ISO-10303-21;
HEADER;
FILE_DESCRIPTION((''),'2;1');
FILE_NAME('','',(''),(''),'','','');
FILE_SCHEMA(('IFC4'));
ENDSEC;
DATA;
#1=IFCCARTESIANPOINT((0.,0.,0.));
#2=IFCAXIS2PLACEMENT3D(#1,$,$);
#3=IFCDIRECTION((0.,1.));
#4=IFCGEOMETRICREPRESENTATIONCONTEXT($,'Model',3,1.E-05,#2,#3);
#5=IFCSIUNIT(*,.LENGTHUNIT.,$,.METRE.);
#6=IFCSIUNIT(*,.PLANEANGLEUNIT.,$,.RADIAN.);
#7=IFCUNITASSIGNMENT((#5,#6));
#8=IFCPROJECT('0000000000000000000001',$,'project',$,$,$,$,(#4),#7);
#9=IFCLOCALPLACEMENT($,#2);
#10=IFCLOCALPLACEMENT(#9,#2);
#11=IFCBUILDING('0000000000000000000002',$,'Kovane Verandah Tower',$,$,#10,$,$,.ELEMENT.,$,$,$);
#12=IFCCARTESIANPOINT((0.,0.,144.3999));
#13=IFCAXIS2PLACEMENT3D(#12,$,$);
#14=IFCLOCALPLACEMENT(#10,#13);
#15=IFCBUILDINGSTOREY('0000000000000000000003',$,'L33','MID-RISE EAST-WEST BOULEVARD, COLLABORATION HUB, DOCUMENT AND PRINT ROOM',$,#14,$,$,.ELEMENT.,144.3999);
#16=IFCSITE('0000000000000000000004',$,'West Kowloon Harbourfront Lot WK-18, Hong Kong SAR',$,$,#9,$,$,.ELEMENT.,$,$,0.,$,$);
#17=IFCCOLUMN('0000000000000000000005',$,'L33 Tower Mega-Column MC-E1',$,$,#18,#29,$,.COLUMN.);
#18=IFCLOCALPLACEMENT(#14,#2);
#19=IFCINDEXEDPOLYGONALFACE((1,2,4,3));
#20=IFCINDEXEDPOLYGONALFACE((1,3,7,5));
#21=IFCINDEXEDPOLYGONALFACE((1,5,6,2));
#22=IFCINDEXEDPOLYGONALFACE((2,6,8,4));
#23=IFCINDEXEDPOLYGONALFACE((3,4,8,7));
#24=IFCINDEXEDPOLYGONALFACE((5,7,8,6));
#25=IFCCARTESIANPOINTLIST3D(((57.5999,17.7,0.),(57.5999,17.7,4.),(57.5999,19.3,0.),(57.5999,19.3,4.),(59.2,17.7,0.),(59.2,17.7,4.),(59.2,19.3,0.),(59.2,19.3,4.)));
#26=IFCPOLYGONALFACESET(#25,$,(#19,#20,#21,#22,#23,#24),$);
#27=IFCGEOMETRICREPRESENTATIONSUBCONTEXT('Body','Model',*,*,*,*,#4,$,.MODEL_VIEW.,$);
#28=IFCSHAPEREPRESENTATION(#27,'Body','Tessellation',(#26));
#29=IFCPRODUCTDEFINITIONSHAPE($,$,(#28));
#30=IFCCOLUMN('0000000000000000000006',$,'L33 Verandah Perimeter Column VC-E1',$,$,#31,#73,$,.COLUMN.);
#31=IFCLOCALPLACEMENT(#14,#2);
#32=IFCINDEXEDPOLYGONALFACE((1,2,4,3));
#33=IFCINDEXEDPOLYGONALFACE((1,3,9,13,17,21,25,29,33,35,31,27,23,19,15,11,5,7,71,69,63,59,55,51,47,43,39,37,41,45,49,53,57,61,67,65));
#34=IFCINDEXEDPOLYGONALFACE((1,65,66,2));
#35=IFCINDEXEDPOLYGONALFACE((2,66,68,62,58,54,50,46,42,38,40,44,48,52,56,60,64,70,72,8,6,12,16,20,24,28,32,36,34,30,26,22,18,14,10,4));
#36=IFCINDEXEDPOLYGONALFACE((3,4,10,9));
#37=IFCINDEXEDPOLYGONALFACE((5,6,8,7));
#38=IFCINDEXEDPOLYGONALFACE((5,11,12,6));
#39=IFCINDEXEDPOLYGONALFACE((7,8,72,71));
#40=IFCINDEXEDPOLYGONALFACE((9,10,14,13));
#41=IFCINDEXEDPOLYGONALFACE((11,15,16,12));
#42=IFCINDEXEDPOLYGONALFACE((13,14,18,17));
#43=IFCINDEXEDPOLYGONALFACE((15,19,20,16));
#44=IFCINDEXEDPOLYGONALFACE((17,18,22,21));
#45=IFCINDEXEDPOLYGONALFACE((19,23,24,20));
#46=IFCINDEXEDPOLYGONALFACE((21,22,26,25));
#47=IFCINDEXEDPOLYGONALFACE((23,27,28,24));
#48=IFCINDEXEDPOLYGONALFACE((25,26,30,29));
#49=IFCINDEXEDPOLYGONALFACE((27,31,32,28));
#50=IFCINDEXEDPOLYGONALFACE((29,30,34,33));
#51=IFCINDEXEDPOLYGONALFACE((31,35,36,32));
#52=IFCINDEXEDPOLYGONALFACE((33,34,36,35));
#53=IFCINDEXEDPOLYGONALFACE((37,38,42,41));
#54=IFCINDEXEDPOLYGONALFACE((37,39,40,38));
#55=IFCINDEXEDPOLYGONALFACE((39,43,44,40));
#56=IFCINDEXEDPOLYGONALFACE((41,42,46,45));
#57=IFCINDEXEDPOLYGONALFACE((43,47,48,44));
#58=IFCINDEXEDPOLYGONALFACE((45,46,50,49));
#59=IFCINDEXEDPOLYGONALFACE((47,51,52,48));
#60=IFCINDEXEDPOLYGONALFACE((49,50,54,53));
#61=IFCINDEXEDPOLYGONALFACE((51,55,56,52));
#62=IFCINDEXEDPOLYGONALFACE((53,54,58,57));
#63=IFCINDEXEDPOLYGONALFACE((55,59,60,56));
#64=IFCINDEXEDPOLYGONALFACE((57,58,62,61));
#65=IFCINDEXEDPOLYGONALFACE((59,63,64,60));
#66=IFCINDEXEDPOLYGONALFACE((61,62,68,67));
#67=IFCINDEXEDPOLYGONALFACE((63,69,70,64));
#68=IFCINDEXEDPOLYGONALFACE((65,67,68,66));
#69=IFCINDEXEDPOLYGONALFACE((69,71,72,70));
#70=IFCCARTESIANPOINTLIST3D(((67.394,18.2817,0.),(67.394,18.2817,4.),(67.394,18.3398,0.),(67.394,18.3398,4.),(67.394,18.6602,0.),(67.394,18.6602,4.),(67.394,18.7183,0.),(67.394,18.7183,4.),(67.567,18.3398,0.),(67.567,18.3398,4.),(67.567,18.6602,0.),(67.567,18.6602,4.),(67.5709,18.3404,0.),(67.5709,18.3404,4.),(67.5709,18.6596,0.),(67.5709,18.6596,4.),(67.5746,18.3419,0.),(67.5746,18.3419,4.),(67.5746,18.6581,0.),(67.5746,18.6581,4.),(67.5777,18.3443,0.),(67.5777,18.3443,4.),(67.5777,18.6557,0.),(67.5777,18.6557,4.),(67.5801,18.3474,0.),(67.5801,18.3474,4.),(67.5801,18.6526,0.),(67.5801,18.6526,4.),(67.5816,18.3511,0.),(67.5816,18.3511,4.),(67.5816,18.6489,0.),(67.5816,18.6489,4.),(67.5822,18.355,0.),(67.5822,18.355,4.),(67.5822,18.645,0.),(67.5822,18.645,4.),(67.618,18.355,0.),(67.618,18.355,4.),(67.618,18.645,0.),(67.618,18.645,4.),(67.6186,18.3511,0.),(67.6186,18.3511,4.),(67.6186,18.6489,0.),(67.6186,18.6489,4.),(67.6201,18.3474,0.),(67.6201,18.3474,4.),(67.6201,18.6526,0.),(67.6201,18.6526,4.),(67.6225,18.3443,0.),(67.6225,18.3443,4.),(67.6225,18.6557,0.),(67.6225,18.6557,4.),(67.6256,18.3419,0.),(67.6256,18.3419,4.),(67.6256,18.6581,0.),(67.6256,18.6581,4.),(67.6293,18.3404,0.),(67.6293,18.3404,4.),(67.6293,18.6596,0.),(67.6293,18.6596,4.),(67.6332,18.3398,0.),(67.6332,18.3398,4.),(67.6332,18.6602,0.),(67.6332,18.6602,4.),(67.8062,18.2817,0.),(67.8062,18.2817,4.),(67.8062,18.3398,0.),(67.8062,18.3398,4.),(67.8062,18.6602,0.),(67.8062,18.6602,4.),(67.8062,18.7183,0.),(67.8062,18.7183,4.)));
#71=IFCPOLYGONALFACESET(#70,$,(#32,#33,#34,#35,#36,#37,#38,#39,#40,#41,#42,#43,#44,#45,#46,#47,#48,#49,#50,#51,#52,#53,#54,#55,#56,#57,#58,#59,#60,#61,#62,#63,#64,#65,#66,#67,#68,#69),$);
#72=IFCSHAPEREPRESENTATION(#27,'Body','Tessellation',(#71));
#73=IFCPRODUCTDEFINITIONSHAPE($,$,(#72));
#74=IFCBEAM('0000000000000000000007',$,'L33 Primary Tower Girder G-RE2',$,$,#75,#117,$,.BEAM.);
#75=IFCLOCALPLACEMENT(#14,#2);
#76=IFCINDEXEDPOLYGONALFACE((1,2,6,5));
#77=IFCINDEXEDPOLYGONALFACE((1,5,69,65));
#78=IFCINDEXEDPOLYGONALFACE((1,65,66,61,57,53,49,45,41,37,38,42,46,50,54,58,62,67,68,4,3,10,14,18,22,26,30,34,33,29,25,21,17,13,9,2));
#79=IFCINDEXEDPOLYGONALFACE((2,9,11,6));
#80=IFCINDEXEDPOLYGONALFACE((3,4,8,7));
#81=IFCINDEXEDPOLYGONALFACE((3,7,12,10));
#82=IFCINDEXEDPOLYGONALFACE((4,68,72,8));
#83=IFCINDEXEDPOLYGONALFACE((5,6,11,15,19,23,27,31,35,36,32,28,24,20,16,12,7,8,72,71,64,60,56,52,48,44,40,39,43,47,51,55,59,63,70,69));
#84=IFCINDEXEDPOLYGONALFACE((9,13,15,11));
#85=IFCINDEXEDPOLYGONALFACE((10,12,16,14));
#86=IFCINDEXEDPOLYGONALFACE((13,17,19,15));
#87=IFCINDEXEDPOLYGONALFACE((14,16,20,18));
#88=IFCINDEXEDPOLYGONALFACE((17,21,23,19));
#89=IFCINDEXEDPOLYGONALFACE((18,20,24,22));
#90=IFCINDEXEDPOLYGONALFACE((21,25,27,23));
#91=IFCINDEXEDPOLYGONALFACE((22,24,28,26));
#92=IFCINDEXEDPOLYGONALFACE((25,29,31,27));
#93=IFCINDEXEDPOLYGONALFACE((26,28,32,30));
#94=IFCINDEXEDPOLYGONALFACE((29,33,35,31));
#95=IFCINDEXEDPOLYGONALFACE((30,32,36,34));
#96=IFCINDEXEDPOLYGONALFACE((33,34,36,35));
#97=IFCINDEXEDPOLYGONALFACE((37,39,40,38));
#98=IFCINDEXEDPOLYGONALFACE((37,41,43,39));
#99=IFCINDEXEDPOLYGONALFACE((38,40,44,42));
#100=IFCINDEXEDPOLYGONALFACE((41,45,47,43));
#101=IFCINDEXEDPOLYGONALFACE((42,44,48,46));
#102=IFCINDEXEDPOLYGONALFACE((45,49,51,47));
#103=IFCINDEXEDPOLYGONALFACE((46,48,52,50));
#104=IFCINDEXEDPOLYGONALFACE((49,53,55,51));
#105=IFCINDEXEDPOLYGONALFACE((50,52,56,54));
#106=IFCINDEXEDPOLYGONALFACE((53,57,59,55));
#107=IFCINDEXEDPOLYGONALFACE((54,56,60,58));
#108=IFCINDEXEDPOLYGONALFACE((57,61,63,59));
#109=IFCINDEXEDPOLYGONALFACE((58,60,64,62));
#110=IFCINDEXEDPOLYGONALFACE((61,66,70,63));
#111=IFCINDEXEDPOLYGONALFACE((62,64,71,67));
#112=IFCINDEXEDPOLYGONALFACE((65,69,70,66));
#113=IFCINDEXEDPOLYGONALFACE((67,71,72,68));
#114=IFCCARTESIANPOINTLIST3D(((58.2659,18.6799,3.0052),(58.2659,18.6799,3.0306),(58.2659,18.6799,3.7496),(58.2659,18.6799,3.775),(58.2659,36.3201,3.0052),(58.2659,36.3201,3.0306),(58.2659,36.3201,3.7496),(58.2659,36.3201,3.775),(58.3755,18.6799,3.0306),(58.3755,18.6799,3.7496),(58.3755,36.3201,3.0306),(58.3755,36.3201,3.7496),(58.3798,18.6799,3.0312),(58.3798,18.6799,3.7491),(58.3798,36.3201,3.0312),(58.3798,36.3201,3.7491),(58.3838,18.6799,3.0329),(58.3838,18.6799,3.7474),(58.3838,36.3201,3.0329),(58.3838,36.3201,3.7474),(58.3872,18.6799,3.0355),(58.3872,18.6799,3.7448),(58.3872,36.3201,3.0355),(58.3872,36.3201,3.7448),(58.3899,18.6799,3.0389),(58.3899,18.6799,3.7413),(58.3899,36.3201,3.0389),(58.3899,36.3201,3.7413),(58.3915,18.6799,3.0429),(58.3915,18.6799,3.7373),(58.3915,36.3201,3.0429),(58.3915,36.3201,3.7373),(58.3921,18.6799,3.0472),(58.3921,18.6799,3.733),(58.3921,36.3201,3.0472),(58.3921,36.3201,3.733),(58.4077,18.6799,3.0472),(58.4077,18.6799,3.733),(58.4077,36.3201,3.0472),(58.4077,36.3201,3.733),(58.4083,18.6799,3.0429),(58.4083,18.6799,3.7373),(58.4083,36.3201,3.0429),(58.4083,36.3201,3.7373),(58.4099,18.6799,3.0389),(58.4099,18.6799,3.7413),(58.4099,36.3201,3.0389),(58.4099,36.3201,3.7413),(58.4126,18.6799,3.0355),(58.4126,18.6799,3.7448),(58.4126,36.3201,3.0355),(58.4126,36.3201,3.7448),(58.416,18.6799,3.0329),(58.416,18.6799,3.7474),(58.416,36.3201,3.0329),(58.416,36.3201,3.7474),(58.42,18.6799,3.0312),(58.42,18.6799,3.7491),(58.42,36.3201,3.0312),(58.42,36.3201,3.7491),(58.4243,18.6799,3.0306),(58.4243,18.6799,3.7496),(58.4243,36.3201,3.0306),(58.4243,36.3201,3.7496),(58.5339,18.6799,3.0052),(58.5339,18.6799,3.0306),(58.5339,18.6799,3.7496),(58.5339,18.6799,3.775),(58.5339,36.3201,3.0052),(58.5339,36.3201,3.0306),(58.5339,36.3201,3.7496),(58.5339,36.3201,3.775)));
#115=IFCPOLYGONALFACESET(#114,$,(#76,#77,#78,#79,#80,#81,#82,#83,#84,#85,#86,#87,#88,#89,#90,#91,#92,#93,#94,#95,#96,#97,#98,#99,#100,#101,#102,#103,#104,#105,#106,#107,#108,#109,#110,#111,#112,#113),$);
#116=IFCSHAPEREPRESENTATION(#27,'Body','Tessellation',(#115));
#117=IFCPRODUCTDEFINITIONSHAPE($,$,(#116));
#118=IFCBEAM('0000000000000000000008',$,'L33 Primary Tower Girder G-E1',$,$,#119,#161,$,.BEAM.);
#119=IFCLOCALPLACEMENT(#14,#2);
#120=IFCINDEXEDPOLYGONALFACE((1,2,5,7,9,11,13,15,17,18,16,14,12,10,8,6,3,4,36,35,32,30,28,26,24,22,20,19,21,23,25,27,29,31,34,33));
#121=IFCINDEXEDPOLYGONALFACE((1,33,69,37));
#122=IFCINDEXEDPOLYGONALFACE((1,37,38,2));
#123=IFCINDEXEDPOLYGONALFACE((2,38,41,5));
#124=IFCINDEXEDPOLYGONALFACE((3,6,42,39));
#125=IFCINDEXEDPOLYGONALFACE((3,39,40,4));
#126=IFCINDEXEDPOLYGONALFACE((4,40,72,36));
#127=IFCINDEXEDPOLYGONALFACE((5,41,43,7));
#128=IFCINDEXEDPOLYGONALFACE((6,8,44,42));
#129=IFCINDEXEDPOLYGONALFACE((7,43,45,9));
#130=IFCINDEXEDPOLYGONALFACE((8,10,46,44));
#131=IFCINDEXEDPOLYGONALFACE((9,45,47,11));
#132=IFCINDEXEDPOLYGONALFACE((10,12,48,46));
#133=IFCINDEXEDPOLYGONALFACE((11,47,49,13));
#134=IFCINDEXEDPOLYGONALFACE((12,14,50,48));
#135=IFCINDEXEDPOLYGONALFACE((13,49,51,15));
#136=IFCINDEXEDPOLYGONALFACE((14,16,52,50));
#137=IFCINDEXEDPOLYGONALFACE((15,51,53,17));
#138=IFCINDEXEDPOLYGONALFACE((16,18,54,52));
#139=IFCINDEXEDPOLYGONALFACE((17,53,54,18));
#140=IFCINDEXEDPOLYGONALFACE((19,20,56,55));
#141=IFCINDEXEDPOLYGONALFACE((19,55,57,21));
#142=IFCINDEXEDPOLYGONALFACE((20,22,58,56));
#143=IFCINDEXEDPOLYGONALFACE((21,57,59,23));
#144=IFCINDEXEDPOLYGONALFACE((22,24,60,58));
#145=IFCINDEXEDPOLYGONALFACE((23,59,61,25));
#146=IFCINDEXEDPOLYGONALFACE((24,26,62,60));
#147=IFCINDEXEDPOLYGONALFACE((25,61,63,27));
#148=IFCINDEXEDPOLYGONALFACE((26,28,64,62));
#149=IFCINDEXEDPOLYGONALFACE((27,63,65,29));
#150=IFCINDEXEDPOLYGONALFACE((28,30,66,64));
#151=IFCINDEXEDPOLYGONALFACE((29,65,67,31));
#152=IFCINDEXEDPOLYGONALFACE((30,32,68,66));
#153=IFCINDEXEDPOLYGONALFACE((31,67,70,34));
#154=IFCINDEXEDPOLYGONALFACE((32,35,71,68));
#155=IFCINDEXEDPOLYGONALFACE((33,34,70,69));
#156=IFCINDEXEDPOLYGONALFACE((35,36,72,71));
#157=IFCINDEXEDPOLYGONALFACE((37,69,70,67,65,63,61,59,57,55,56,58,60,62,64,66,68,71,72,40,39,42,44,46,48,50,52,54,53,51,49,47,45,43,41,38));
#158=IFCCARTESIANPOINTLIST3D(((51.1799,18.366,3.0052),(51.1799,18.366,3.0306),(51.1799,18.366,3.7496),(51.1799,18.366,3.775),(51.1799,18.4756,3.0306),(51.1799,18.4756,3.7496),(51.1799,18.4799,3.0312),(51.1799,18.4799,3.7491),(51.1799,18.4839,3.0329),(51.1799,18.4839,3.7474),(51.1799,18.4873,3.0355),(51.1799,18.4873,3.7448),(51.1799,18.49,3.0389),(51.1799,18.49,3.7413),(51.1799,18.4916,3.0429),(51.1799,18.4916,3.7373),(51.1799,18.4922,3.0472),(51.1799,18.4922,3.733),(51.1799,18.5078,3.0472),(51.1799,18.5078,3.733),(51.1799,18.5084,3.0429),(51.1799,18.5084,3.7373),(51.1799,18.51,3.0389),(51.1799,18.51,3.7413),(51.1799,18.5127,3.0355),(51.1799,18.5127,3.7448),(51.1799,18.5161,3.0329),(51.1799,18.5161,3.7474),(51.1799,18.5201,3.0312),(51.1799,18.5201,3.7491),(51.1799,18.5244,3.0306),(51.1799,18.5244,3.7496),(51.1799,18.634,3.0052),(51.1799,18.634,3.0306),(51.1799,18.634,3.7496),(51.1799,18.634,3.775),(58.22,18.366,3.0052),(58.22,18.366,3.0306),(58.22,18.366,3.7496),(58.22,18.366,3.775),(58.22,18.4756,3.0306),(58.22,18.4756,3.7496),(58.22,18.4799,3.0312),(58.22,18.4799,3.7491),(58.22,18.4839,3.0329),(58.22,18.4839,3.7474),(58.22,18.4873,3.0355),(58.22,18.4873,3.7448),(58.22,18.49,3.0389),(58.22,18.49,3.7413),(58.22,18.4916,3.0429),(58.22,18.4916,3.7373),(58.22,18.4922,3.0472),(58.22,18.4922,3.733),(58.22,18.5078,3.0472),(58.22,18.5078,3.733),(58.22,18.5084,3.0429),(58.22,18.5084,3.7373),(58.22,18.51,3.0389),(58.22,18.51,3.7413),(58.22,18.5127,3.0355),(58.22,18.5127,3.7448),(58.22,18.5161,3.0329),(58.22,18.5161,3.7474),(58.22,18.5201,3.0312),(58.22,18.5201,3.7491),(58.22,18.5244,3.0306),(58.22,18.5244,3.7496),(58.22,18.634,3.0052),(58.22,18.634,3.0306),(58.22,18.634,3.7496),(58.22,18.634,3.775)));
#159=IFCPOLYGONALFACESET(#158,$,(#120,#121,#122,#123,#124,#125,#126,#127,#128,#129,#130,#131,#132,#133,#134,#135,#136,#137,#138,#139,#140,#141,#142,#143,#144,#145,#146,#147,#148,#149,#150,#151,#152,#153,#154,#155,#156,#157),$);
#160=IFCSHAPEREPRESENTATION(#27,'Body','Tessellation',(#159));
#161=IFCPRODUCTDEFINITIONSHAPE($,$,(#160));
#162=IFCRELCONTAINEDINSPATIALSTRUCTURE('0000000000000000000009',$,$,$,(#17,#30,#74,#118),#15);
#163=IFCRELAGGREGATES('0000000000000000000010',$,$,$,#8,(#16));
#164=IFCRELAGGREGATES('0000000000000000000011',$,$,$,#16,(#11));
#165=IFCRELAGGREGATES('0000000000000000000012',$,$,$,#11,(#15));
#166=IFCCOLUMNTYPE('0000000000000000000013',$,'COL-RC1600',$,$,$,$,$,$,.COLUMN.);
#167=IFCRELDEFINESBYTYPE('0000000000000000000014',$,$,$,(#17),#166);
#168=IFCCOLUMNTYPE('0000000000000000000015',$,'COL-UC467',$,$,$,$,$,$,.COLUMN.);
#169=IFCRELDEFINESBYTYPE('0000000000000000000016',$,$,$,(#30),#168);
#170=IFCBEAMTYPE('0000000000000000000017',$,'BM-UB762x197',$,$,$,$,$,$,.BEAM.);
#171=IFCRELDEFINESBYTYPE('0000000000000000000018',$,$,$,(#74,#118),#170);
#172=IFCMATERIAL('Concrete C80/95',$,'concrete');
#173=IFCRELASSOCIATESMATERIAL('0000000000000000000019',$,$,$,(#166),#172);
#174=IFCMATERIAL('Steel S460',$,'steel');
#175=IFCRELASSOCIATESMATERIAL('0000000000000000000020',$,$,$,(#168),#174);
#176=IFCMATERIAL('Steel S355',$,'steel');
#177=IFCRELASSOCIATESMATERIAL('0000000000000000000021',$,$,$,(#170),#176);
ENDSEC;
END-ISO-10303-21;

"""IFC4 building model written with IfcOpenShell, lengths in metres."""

from ifc_helpers import new_model, si_unit, direction, frame, origin, origin_2d, place, context, subcontext, project, spatial, rectangle, i_section, extrude, material, material_profile, profile_set, type_object, element, save


model = new_model("IFC4")

# Units and contexts
model_context = context("Model", 3, precision=1e-05, world=origin(), true_north=direction((0.0, 1.0)))
body_context = subcontext(model_context, "Body", "Model", "MODEL_VIEW")
ifc_project = project(units=[si_unit("LENGTHUNIT", "METRE"), si_unit("PLANEANGLEUNIT", "RADIAN")], contexts=[model_context])

# Site, building, storey
site_placement = place(None, origin())
site = spatial("IfcSite", under=ifc_project, at=site_placement, Name="West Kowloon Harbourfront Lot WK-18, Hong Kong SAR", CompositionType="ELEMENT", RefElevation=0.0)
building_placement = place(site_placement, origin())
building = spatial("IfcBuilding", under=site, at=building_placement, Name="Kovane Verandah Tower", CompositionType="ELEMENT")
storey_placement = place(building_placement, frame((0.0, 0.0, 144.3999)))
storey = spatial("IfcBuildingStorey", under=building, at=storey_placement, Name="L33", Description="MID-RISE EAST-WEST BOULEVARD, COLLABORATION HUB, DOCUMENT AND PRINT ROOM", CompositionType="ELEMENT", Elevation=144.3999)

# Columns
ifc_material_1 = material(Name="Concrete C80/95", Category="concrete")
ifc_material_profile_1 = material_profile(ifc_material_1, rectangle(XDim=1.6001, YDim=1.6001, at=origin_2d()), Name="RC1600x1600")
ifc_profile_set_1 = profile_set([ifc_material_profile_1], Name="Concrete C80/95")
column_type_1 = type_object("IfcColumnType", Name="COL-RC1600", PredefinedType="COLUMN", material=ifc_profile_set_1)
column_1_placement = place(storey_placement, frame((58.3999, 18.5, 0.0), z_axis=(0.0, 0.0, 1.0), x_axis=(1.0, 0.0, 0.0)))
element("IfcColumn", 1, at=column_1_placement, inside=storey, type_object=column_type_1, Name="L33 Tower Mega-Column MC-E1", PredefinedType="COLUMN", context=body_context, shape_type="SweptSolid", body=[
    extrude(rectangle(XDim=1.6001, YDim=1.6001, at=origin_2d()), origin(), (0.0, 0.0, 1.0), 4.0),
])
ifc_material_2 = material(Name="Steel S460", Category="steel")
ifc_material_profile_2 = material_profile(ifc_material_2, i_section(OverallWidth=0.4121, OverallDepth=0.4365, WebThickness=0.0359, FlangeThickness=0.0581, FilletRadius=0.0151, at=origin_2d()), Name="UC356x406x467")
ifc_profile_set_2 = profile_set([ifc_material_profile_2], Name="Steel S460")
column_type_2 = type_object("IfcColumnType", Name="COL-UC467", PredefinedType="COLUMN", material=ifc_profile_set_2)
column_2_placement = place(storey_placement, frame((67.6001, 18.5, 0.0), z_axis=(0.0, 0.0, 1.0), x_axis=(1.0, 0.0, 0.0)))
element("IfcColumn", 2, at=column_2_placement, inside=storey, type_object=column_type_2, Name="L33 Verandah Perimeter Column VC-E1", PredefinedType="COLUMN", context=body_context, shape_type="SweptSolid", body=[
    extrude(i_section(OverallWidth=0.4121, OverallDepth=0.4365, WebThickness=0.0359, FlangeThickness=0.0581, FilletRadius=0.0151, at=origin_2d()), origin(), (0.0, 0.0, 1.0), 4.0),
])

# Beams
ifc_material_3 = material(Name="Steel S355", Category="steel")
ifc_material_profile_3 = material_profile(ifc_material_3, i_section(OverallWidth=0.2681, OverallDepth=0.7698, WebThickness=0.0156, FlangeThickness=0.0254, FilletRadius=0.0166, at=origin_2d()), Name="UB762x267x197")
ifc_profile_set_3 = profile_set([ifc_material_profile_3], Name="Steel S355")
beam_type_1 = type_object("IfcBeamType", Name="BM-UB762x197", PredefinedType="BEAM", material=ifc_profile_set_3)
beam_1_placement = place(storey_placement, frame((58.3999, 18.6799, 3.3901), z_axis=(0.0, 1.0, 0.0), x_axis=(-1.0, 0.0, 0.0)))
element("IfcBeam", 3, at=beam_1_placement, inside=storey, type_object=beam_type_1, Name="L33 Primary Tower Girder G-RE2", PredefinedType="BEAM", context=body_context, shape_type="SweptSolid", body=[
    extrude(i_section(OverallWidth=0.2681, OverallDepth=0.7698, WebThickness=0.0156, FlangeThickness=0.0254, FilletRadius=0.0166, at=origin_2d()), origin(), (0.0, 0.0, 1.0), 17.6401),
])
beam_2_placement = place(storey_placement, frame((51.1799, 18.5, 3.3901), z_axis=(1.0, 0.0, 0.0), x_axis=(0.0, 1.0, 0.0)))
element("IfcBeam", 4, at=beam_2_placement, inside=storey, type_object=beam_type_1, Name="L33 Primary Tower Girder G-E1", PredefinedType="BEAM", context=body_context, shape_type="SweptSolid", body=[
    extrude(i_section(OverallWidth=0.2681, OverallDepth=0.7698, WebThickness=0.0156, FlangeThickness=0.0254, FilletRadius=0.0166, at=origin_2d()), origin(), (0.0, 0.0, 1.0), 7.04),
])

save(model, "model.ifc")
